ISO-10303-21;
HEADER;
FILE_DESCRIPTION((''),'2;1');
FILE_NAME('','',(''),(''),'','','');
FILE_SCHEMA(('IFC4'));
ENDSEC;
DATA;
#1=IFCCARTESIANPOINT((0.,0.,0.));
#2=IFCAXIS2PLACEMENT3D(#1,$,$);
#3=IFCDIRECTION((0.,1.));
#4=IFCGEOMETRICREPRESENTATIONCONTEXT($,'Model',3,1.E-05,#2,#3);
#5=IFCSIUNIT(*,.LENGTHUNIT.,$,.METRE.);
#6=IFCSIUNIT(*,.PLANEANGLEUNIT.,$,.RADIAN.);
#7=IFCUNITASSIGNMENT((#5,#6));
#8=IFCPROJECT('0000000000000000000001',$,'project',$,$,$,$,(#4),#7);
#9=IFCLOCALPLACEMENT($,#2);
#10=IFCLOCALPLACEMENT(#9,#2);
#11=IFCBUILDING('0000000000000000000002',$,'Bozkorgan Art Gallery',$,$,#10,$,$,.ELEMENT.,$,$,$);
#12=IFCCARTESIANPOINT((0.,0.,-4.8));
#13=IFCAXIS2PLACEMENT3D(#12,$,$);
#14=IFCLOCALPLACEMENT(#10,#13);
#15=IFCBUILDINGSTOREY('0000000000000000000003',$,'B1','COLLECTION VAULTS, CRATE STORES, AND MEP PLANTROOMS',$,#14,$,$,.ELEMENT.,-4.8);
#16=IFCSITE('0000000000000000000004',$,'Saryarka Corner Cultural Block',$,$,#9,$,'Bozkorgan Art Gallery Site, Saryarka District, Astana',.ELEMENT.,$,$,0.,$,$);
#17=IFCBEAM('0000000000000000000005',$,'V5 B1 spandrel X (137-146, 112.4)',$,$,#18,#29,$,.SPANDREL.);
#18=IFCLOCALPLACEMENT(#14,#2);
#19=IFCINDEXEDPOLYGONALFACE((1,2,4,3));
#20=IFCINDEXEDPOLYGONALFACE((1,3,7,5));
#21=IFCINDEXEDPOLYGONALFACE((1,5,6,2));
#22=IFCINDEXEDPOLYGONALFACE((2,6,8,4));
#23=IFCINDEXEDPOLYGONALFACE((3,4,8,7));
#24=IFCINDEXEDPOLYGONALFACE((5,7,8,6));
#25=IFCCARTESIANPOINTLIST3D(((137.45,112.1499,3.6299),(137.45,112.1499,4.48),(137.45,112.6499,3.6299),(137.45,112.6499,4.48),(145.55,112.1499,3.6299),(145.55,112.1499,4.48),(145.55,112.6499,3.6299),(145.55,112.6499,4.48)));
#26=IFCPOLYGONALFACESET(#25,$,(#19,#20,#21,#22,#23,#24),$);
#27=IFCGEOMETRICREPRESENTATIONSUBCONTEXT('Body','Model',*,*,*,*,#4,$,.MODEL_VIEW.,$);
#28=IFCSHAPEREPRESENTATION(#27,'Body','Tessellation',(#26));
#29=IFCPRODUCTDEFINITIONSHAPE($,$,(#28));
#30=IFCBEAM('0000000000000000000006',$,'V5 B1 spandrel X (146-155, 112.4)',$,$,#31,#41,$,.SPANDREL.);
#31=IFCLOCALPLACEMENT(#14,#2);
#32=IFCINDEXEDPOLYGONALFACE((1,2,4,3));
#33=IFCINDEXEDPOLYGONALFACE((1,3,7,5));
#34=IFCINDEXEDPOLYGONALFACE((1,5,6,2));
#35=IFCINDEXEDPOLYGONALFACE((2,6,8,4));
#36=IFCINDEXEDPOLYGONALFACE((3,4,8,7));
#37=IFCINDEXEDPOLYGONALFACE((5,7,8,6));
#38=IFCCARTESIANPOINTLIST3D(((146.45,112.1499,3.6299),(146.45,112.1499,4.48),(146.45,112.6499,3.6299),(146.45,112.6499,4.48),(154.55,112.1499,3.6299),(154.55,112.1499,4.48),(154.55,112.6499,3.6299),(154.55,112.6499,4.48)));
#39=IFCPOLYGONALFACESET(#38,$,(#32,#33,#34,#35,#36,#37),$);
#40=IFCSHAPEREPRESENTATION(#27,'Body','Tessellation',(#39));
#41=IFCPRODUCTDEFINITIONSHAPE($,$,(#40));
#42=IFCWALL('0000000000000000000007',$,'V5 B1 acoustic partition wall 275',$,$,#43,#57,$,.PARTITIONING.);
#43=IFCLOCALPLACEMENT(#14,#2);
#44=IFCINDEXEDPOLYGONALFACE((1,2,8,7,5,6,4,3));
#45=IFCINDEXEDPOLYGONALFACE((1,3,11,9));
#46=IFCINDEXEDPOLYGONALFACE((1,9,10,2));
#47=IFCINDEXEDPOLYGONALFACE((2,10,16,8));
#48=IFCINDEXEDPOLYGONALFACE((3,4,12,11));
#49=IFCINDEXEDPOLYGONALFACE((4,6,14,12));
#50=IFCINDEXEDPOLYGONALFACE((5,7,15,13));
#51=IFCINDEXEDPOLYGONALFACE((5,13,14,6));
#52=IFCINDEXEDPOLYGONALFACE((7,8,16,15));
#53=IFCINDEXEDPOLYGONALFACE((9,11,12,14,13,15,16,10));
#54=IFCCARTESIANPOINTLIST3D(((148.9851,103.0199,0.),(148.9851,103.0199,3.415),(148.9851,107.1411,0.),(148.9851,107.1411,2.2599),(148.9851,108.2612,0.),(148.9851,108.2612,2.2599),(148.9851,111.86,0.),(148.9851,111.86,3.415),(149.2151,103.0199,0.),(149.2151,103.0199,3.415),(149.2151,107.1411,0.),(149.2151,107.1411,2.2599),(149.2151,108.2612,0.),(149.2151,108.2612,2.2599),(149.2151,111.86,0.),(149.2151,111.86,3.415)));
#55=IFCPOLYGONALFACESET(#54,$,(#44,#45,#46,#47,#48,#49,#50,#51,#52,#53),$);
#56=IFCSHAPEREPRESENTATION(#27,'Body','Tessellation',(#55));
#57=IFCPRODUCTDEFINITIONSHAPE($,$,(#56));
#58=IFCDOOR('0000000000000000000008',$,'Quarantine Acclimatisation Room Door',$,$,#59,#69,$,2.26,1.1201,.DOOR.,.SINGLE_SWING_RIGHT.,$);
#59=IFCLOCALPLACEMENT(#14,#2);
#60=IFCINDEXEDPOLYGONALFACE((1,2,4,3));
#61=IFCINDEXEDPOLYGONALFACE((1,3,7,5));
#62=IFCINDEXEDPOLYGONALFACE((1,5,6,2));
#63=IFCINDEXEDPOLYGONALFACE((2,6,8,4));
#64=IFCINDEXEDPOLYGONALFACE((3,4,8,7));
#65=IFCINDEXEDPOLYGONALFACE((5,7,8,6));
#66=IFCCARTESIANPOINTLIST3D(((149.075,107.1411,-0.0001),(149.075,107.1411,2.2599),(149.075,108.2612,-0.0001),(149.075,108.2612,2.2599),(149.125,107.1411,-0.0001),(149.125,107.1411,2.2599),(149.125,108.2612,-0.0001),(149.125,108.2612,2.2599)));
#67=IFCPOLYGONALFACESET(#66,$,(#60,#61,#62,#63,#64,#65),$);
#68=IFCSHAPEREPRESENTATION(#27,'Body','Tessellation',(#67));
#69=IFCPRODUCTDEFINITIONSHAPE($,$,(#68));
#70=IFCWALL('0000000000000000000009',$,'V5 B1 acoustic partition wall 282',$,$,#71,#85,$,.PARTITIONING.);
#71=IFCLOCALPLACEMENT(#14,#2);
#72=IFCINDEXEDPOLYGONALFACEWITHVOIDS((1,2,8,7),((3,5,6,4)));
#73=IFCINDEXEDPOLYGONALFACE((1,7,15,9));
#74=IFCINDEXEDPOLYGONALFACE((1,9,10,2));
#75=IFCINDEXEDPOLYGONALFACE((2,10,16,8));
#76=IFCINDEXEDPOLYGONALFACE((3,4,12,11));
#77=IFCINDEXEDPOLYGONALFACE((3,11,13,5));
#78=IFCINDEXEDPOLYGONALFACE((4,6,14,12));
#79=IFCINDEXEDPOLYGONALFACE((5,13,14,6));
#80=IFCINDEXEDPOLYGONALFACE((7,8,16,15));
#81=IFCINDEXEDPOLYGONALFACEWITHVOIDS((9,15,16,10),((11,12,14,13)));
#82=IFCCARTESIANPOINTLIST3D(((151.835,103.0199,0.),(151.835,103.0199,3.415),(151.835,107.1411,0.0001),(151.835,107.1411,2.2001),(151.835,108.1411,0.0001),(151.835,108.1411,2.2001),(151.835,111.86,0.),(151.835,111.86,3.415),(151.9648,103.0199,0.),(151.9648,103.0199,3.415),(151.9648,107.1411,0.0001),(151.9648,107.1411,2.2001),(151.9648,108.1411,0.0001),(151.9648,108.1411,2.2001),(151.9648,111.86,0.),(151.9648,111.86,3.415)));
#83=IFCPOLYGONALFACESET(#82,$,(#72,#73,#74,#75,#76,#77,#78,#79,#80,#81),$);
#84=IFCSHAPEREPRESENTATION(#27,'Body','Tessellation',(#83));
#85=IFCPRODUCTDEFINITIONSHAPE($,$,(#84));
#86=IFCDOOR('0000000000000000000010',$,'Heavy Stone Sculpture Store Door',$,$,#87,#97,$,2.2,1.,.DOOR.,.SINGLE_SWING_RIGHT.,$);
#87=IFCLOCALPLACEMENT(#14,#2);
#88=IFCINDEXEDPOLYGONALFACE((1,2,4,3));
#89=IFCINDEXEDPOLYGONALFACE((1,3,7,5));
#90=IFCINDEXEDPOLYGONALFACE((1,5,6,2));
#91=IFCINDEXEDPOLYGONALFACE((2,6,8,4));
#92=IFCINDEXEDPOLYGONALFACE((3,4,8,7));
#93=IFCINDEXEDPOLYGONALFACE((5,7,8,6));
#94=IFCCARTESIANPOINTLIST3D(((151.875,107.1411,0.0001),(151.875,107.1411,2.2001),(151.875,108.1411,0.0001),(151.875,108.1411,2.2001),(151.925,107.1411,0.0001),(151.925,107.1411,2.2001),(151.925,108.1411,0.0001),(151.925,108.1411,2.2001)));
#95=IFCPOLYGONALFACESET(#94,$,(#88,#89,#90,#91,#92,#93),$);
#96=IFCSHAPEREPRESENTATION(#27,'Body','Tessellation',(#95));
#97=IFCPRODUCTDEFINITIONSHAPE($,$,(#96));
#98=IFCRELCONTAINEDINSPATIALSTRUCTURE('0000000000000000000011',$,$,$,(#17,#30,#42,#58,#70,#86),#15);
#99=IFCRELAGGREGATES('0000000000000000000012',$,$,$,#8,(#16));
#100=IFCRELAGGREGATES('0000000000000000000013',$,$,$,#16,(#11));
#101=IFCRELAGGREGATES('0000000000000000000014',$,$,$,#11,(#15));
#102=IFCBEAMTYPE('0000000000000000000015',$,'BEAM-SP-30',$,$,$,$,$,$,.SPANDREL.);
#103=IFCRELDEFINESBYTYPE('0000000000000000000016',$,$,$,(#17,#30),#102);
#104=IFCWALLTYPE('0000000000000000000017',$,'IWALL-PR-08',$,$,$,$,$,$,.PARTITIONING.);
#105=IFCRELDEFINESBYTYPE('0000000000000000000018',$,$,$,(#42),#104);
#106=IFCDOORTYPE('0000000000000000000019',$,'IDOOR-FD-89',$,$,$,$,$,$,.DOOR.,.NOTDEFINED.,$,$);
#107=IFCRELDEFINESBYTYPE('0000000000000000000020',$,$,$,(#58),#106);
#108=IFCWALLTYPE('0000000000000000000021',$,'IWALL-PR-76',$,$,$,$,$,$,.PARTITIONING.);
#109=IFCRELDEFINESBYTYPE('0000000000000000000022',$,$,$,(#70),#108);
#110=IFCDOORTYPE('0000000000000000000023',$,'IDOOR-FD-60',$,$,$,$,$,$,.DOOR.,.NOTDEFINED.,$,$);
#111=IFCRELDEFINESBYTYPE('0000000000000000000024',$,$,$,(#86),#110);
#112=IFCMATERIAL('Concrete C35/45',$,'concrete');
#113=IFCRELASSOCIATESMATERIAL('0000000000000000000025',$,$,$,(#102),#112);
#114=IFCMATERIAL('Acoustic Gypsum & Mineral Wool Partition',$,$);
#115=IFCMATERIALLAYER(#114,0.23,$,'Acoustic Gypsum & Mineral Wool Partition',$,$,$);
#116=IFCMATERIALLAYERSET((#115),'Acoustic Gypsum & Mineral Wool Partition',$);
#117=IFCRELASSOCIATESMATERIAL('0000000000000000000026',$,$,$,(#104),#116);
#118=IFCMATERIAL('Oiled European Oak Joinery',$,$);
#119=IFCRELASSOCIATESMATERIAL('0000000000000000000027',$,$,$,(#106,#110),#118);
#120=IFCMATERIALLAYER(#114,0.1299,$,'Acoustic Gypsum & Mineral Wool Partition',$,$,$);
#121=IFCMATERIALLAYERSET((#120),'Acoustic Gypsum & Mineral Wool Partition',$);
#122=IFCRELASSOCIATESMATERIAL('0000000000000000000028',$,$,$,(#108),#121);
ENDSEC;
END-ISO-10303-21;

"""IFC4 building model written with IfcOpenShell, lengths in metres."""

from ifc_helpers import new_model, si_unit, direction, frame, frame_2d, origin, origin_2d, place, context, subcontext, project, spatial, rectangle, extrude, material, layer, layer_set, material_profile, profile_set, type_object, element, fill, save


model = new_model("IFC4")

# Units and contexts
model_context = context("Model", 3, precision=1e-05, world=origin(), true_north=direction((0.0, 1.0)))
body_context = subcontext(model_context, "Body", "Model", "MODEL_VIEW")
ifc_project = project(units=[si_unit("LENGTHUNIT", "METRE"), si_unit("PLANEANGLEUNIT", "RADIAN")], contexts=[model_context])

# Site, building, storey
site_placement = place(None, origin())
site = spatial("IfcSite", under=ifc_project, at=site_placement, Name="Saryarka Corner Cultural Block", LongName="Bozkorgan Art Gallery Site, Saryarka District, Astana", CompositionType="ELEMENT", RefElevation=0.0)
building_placement = place(site_placement, origin())
building = spatial("IfcBuilding", under=site, at=building_placement, Name="Bozkorgan Art Gallery", CompositionType="ELEMENT")
storey_placement = place(building_placement, frame((0.0, 0.0, -4.8)))
storey = spatial("IfcBuildingStorey", under=building, at=storey_placement, Name="B1", Description="COLLECTION VAULTS, CRATE STORES, AND MEP PLANTROOMS", CompositionType="ELEMENT", Elevation=-4.8)

# Beams
ifc_material_1 = material(Name="Concrete C35/45", Category="concrete")
ifc_material_profile_1 = material_profile(ifc_material_1, rectangle(XDim=0.5, YDim=0.8501, at=origin_2d()), Name="RC 500x850")
ifc_profile_set_1 = profile_set([ifc_material_profile_1], Name="Concrete C35/45")
beam_type_1 = type_object("IfcBeamType", Name="BEAM-SP-30", PredefinedType="SPANDREL", material=ifc_profile_set_1)
for number, where, z_axis, x_axis, name in (
    (1, (137.45, 112.3999, 4.0549), (1.0, 0.0, 0.0), (0.0, 1.0, 0.0), "V5 B1 spandrel X (137-146, 112.4)"),
    (2, (146.45, 112.3999, 4.0549), (1.0, 0.0, 0.0), (0.0, 1.0, 0.0), "V5 B1 spandrel X (146-155, 112.4)"),
):
    element("IfcBeam", number, at=place(storey_placement, frame(where, z_axis=z_axis, x_axis=x_axis)), inside=storey, type_object=beam_type_1, Name=name, PredefinedType="SPANDREL", context=body_context, shape_type="SweptSolid", body=[
        extrude(rectangle(XDim=0.5, YDim=0.8501, at=origin_2d()), origin(), (0.0, 0.0, 1.0), 8.1001),
    ])

# Walls, openings, doors
ifc_material_2 = material(Name="Acoustic Gypsum & Mineral Wool Partition")
ifc_layer_1 = layer(ifc_material_2, 0.23, Name="Acoustic Gypsum & Mineral Wool Partition")
ifc_layer_set_1 = layer_set([ifc_layer_1], Name="Acoustic Gypsum & Mineral Wool Partition")
wall_type_1 = type_object("IfcWallType", Name="IWALL-PR-08", PredefinedType="PARTITIONING", material=ifc_layer_set_1)
wall_1_placement = place(storey_placement, frame((149.1001, 103.02, 0.0), z_axis=(0.0, 0.0, 1.0), x_axis=(0.0, 1.0, 0.0)))
wall_1 = element("IfcWall", 3, at=wall_1_placement, inside=storey, type_object=wall_type_1, Name="V5 B1 acoustic partition wall 275", PredefinedType="PARTITIONING", context=body_context, shape_type="SweptSolid", body=[
    extrude(rectangle(XDim=8.8401, YDim=0.23, at=frame_2d((4.4199, 0.0))), origin(), (0.0, 0.0, 1.0), 3.415),
])
opening_1_placement = place(wall_1_placement, frame((5.2412, 0.0, 0.0), z_axis=(0.0, 0.0, 1.0), x_axis=(-1.0, 0.0, 0.0)))
opening_1 = element("IfcOpeningElement", 4, at=opening_1_placement, cuts=wall_1, PredefinedType="OPENING", context=body_context, shape_type="SweptSolid", body=[
    extrude(rectangle(XDim=1.1201, YDim=2.26, at=frame_2d((0.5601, 1.1299))), frame((0.0, 0.125, 0.0), z_axis=(0.0, -1.0, 0.0), x_axis=(1.0, 0.0, 0.0)), (0.0, 0.0, 1.0), 0.25),
])
ifc_material_3 = material(Name="Oiled European Oak Joinery")
door_type_1 = type_object("IfcDoorType", Name="IDOOR-FD-89", OperationType="NOTDEFINED", PredefinedType="DOOR", material=ifc_material_3)
door_1_placement = place(opening_1_placement, origin())
door_1 = element("IfcDoor", 5, at=door_1_placement, inside=storey, type_object=door_type_1, Name="Quarantine Acclimatisation Room Door", OperationType="SINGLE_SWING_RIGHT", OverallHeight=2.26, OverallWidth=1.1201, PredefinedType="DOOR", context=body_context, shape_type="SweptSolid", body=[
    extrude(rectangle(XDim=1.1201, YDim=2.26, at=frame_2d((0.5601, 1.1299))), frame((0.0, 0.0249, 0.0), z_axis=(0.0, -1.0, 0.0), x_axis=(1.0, 0.0, 0.0)), (0.0, 0.0, 1.0), 0.05),
])
fill(opening_1, door_1)
ifc_layer_2 = layer(ifc_material_2, 0.1299, Name="Acoustic Gypsum & Mineral Wool Partition")
ifc_layer_set_2 = layer_set([ifc_layer_2], Name="Acoustic Gypsum & Mineral Wool Partition")
wall_type_2 = type_object("IfcWallType", Name="IWALL-PR-76", PredefinedType="PARTITIONING", material=ifc_layer_set_2)
wall_2_placement = place(storey_placement, frame((151.8999, 103.02, 0.0), z_axis=(0.0, 0.0, 1.0), x_axis=(0.0, 1.0, 0.0)))
wall_2 = element("IfcWall", 6, at=wall_2_placement, inside=storey, type_object=wall_type_2, Name="V5 B1 acoustic partition wall 282", PredefinedType="PARTITIONING", context=body_context, shape_type="SweptSolid", body=[
    extrude(rectangle(XDim=8.8401, YDim=0.1299, at=frame_2d((4.4199, 0.0))), origin(), (0.0, 0.0, 1.0), 3.415),
])
opening_2_placement = place(wall_2_placement, frame((4.1211, 0.0, 0.0)))
opening_2 = element("IfcOpeningElement", 7, at=opening_2_placement, cuts=wall_2, PredefinedType="OPENING", context=body_context, shape_type="SweptSolid", body=[
    extrude(rectangle(XDim=1.0, YDim=2.2, at=frame_2d((0.5, 1.1001))), frame((0.0, 0.075, 0.0), z_axis=(0.0, -1.0, 0.0), x_axis=(1.0, 0.0, 0.0)), (0.0, 0.0, 1.0), 0.1499),
])
door_type_2 = type_object("IfcDoorType", Name="IDOOR-FD-60", OperationType="NOTDEFINED", PredefinedType="DOOR", material=ifc_material_3)
door_2_placement = place(opening_2_placement, origin())
door_2 = element("IfcDoor", 8, at=door_2_placement, inside=storey, type_object=door_type_2, Name="Heavy Stone Sculpture Store Door", OperationType="SINGLE_SWING_RIGHT", OverallHeight=2.2, OverallWidth=1.0, PredefinedType="DOOR", context=body_context, shape_type="SweptSolid", body=[
    extrude(rectangle(XDim=1.0, YDim=2.2, at=frame_2d((0.5, 1.1001))), frame((0.0, 0.0249, 0.0), z_axis=(0.0, -1.0, 0.0), x_axis=(1.0, 0.0, 0.0)), (0.0, 0.0, 1.0), 0.05),
])
fill(opening_2, door_2)

save(model, "model.ifc")
